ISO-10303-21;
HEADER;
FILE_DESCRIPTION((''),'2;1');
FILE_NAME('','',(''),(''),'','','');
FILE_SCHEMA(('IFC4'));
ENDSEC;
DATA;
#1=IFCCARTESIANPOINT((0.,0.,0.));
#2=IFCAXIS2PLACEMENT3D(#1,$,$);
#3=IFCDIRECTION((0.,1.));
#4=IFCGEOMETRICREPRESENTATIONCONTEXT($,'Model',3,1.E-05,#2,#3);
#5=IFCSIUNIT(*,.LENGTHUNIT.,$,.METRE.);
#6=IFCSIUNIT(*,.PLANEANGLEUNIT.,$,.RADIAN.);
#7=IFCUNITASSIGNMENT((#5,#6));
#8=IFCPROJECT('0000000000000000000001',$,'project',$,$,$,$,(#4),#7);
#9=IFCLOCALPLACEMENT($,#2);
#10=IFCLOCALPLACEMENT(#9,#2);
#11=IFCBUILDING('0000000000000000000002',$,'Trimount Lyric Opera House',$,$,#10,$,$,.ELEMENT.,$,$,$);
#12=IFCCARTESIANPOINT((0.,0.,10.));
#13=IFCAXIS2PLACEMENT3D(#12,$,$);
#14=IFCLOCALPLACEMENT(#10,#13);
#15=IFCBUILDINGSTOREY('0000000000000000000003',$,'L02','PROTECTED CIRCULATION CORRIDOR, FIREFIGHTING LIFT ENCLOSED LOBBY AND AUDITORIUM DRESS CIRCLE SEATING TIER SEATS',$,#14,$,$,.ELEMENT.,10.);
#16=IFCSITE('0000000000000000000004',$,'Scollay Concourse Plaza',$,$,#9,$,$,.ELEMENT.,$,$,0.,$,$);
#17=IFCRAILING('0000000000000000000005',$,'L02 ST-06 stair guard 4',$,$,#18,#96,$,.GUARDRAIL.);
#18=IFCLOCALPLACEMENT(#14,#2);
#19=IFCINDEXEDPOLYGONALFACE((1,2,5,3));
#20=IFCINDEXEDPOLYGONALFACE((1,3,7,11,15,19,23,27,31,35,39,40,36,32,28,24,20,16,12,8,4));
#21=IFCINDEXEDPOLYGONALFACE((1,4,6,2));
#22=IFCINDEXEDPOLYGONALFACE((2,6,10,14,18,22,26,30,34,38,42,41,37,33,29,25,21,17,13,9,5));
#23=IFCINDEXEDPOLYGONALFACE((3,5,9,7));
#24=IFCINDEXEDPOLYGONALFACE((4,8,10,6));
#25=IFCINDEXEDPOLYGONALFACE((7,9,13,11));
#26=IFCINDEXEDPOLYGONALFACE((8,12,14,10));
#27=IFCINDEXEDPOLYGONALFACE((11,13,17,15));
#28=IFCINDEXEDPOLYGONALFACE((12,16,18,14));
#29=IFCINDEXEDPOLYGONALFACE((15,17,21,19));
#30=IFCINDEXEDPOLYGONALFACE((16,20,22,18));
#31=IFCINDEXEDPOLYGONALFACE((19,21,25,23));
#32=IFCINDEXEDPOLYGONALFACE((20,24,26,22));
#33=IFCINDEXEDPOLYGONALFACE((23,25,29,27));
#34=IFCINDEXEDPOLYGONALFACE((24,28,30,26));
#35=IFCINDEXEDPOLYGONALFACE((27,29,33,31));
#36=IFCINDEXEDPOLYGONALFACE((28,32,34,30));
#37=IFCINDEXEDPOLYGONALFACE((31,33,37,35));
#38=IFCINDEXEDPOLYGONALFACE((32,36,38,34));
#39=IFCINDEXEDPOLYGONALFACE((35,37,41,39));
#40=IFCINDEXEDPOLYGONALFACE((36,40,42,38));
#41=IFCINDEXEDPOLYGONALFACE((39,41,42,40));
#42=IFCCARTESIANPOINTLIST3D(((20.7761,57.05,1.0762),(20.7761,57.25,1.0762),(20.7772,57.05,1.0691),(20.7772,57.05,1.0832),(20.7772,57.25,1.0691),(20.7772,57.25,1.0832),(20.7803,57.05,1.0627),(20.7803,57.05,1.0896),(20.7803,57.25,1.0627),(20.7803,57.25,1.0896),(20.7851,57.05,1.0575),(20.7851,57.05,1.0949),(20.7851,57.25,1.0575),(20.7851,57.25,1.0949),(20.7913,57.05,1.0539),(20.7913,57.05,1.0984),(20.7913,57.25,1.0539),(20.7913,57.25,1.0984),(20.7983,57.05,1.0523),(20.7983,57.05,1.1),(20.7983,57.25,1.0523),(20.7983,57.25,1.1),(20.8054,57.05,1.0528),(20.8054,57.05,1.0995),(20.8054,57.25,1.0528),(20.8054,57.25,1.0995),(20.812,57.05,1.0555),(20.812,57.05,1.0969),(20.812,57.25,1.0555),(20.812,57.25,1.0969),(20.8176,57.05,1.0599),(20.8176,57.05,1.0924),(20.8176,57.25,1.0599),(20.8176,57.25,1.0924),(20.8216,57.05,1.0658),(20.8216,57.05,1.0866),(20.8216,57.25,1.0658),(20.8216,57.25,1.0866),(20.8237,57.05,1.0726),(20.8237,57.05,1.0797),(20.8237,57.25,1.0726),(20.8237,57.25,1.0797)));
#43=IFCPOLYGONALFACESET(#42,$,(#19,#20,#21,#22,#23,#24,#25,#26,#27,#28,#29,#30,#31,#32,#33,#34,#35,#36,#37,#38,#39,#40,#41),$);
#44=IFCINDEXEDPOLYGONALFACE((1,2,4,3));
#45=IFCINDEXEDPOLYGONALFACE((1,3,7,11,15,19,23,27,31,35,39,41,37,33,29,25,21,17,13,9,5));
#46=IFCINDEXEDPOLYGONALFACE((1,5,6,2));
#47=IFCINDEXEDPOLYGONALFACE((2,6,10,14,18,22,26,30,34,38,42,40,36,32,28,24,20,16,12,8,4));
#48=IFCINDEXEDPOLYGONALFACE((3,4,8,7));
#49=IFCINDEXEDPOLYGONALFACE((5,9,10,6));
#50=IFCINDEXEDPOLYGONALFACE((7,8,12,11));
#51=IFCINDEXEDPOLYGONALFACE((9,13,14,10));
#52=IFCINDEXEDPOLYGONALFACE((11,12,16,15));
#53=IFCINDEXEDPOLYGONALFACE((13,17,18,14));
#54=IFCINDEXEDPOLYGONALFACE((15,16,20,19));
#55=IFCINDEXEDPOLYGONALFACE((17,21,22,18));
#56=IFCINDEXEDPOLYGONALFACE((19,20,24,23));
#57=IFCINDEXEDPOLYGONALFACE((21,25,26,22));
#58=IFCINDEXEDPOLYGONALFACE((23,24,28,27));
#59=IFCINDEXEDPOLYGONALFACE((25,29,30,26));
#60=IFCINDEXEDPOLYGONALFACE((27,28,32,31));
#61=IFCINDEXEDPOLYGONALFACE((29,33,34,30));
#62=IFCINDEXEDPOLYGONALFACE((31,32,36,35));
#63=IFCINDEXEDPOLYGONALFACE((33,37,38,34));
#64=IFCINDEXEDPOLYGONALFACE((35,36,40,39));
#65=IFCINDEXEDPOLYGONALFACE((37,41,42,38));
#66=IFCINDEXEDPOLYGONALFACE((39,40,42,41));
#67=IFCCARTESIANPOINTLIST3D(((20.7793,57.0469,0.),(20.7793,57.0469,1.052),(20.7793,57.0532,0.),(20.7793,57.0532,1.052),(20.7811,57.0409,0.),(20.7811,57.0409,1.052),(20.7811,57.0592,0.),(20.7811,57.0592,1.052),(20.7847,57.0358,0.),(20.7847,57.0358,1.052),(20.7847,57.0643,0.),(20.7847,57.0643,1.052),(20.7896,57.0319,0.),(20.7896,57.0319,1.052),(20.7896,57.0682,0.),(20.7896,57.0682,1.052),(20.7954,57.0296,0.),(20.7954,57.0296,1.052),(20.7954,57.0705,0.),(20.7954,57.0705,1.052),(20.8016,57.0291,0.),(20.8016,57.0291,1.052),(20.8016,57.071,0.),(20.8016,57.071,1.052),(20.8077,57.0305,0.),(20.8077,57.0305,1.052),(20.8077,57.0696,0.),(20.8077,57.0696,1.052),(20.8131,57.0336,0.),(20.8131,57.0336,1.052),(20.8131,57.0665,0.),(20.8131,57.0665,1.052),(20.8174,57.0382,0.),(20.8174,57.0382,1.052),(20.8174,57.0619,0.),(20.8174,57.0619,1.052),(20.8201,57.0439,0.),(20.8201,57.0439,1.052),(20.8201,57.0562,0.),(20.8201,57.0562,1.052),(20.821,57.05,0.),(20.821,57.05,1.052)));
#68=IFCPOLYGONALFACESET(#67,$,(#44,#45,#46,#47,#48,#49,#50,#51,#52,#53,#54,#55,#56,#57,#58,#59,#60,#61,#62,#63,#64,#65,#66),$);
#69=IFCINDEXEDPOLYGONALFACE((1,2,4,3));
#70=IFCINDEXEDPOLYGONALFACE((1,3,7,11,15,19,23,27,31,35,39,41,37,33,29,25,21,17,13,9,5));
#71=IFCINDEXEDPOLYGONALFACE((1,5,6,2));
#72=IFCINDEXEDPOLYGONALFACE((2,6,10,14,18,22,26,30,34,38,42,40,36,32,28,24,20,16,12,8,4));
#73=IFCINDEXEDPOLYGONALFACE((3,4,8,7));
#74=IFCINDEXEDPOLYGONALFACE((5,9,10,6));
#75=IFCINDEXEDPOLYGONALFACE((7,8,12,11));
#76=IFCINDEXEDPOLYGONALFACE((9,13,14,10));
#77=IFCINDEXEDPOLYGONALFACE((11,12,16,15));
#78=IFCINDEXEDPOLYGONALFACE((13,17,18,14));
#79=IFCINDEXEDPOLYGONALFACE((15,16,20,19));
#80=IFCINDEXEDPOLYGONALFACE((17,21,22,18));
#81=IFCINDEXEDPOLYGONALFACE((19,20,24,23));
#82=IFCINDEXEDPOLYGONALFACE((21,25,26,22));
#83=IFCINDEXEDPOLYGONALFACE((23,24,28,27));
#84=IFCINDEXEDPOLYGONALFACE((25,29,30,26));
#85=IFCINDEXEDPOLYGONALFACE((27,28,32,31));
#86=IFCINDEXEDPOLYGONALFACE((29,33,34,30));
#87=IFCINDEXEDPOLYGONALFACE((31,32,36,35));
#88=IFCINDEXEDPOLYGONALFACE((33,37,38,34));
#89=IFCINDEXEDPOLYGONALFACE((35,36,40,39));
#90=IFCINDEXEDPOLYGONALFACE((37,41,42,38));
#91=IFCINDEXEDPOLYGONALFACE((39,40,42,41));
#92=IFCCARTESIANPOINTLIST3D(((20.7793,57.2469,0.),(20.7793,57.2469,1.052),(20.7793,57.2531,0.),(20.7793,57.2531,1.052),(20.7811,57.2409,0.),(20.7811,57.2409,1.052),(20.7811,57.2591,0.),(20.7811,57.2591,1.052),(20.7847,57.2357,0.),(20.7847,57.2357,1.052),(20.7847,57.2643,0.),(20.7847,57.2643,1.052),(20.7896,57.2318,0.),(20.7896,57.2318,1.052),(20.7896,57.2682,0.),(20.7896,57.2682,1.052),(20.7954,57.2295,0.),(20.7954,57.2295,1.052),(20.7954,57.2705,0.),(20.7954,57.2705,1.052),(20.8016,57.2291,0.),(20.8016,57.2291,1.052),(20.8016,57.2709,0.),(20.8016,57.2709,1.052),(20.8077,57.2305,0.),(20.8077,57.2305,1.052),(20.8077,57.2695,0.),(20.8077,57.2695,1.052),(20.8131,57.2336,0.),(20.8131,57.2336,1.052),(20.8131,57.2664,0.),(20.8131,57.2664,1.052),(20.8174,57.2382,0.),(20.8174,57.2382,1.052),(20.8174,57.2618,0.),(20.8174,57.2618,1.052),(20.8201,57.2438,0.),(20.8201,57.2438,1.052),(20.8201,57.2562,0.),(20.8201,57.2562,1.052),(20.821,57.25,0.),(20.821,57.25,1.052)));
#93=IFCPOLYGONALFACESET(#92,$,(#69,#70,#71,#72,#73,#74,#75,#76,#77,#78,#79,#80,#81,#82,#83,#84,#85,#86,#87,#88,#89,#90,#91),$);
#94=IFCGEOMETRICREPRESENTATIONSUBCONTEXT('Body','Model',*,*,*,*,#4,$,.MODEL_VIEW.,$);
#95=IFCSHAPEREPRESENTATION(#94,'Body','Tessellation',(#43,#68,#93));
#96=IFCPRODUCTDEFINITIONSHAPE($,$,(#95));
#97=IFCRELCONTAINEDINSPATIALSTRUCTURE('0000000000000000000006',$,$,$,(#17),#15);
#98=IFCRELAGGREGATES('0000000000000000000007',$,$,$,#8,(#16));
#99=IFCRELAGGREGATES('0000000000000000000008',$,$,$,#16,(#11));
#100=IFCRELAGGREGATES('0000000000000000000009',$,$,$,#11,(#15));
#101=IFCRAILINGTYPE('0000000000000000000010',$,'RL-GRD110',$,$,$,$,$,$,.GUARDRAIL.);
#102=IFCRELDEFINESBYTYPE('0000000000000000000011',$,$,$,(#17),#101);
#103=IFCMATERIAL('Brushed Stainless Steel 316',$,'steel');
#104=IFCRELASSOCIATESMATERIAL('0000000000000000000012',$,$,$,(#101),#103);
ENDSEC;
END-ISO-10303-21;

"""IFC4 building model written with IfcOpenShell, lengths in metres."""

from ifc_helpers import new_model, si_unit, direction, frame, origin, origin_2d, place, context, subcontext, project, spatial, circle, extrude, material, type_object, element, save


model = new_model("IFC4")

# Units and contexts
model_context = context("Model", 3, precision=1e-05, world=origin(), true_north=direction((0.0, 1.0)))
body_context = subcontext(model_context, "Body", "Model", "MODEL_VIEW")
ifc_project = project(units=[si_unit("LENGTHUNIT", "METRE"), si_unit("PLANEANGLEUNIT", "RADIAN")], contexts=[model_context])

# Site, building, storey
site_placement = place(None, origin())
site = spatial("IfcSite", under=ifc_project, at=site_placement, Name="Scollay Concourse Plaza", CompositionType="ELEMENT", RefElevation=0.0)
building_placement = place(site_placement, origin())
building = spatial("IfcBuilding", under=site, at=building_placement, Name="Trimount Lyric Opera House", CompositionType="ELEMENT")
storey_placement = place(building_placement, frame((0.0, 0.0, 10.0)))
storey = spatial("IfcBuildingStorey", under=building, at=storey_placement, Name="L02", Description="PROTECTED CIRCULATION CORRIDOR, FIREFIGHTING LIFT ENCLOSED LOBBY AND AUDITORIUM DRESS CIRCLE SEATING TIER SEATS", CompositionType="ELEMENT", Elevation=10.0)

# Railing
ifc_material_1 = material(Name="Brushed Stainless Steel 316", Category="steel")
railing_type_1 = type_object("IfcRailingType", Name="RL-GRD110", PredefinedType="GUARDRAIL", material=ifc_material_1)
railing_1_placement = place(storey_placement, frame((20.8, 57.05, 0.0)))
element("IfcRailing", 1, at=railing_1_placement, inside=storey, type_object=railing_type_1, Name="L02 ST-06 stair guard 4", PredefinedType="GUARDRAIL", context=body_context, shape_type="SweptSolid", body=[
    extrude(circle(Radius=0.0239, at=origin_2d()), frame((0.0, 0.0, 1.0762), z_axis=(0.0, 1.0, 0.0), x_axis=(-1.0, 0.0, 0.0)), (0.0, 0.0, 1.0), 0.2),
    extrude(circle(Radius=0.021, at=origin_2d()), origin(), (0.0, 0.0, 1.0), 1.052),
    extrude(circle(Radius=0.021, at=origin_2d()), frame((0.0, 0.2, 0.0)), (0.0, 0.0, 1.0), 1.052),
])

save(model, "model.ifc")
